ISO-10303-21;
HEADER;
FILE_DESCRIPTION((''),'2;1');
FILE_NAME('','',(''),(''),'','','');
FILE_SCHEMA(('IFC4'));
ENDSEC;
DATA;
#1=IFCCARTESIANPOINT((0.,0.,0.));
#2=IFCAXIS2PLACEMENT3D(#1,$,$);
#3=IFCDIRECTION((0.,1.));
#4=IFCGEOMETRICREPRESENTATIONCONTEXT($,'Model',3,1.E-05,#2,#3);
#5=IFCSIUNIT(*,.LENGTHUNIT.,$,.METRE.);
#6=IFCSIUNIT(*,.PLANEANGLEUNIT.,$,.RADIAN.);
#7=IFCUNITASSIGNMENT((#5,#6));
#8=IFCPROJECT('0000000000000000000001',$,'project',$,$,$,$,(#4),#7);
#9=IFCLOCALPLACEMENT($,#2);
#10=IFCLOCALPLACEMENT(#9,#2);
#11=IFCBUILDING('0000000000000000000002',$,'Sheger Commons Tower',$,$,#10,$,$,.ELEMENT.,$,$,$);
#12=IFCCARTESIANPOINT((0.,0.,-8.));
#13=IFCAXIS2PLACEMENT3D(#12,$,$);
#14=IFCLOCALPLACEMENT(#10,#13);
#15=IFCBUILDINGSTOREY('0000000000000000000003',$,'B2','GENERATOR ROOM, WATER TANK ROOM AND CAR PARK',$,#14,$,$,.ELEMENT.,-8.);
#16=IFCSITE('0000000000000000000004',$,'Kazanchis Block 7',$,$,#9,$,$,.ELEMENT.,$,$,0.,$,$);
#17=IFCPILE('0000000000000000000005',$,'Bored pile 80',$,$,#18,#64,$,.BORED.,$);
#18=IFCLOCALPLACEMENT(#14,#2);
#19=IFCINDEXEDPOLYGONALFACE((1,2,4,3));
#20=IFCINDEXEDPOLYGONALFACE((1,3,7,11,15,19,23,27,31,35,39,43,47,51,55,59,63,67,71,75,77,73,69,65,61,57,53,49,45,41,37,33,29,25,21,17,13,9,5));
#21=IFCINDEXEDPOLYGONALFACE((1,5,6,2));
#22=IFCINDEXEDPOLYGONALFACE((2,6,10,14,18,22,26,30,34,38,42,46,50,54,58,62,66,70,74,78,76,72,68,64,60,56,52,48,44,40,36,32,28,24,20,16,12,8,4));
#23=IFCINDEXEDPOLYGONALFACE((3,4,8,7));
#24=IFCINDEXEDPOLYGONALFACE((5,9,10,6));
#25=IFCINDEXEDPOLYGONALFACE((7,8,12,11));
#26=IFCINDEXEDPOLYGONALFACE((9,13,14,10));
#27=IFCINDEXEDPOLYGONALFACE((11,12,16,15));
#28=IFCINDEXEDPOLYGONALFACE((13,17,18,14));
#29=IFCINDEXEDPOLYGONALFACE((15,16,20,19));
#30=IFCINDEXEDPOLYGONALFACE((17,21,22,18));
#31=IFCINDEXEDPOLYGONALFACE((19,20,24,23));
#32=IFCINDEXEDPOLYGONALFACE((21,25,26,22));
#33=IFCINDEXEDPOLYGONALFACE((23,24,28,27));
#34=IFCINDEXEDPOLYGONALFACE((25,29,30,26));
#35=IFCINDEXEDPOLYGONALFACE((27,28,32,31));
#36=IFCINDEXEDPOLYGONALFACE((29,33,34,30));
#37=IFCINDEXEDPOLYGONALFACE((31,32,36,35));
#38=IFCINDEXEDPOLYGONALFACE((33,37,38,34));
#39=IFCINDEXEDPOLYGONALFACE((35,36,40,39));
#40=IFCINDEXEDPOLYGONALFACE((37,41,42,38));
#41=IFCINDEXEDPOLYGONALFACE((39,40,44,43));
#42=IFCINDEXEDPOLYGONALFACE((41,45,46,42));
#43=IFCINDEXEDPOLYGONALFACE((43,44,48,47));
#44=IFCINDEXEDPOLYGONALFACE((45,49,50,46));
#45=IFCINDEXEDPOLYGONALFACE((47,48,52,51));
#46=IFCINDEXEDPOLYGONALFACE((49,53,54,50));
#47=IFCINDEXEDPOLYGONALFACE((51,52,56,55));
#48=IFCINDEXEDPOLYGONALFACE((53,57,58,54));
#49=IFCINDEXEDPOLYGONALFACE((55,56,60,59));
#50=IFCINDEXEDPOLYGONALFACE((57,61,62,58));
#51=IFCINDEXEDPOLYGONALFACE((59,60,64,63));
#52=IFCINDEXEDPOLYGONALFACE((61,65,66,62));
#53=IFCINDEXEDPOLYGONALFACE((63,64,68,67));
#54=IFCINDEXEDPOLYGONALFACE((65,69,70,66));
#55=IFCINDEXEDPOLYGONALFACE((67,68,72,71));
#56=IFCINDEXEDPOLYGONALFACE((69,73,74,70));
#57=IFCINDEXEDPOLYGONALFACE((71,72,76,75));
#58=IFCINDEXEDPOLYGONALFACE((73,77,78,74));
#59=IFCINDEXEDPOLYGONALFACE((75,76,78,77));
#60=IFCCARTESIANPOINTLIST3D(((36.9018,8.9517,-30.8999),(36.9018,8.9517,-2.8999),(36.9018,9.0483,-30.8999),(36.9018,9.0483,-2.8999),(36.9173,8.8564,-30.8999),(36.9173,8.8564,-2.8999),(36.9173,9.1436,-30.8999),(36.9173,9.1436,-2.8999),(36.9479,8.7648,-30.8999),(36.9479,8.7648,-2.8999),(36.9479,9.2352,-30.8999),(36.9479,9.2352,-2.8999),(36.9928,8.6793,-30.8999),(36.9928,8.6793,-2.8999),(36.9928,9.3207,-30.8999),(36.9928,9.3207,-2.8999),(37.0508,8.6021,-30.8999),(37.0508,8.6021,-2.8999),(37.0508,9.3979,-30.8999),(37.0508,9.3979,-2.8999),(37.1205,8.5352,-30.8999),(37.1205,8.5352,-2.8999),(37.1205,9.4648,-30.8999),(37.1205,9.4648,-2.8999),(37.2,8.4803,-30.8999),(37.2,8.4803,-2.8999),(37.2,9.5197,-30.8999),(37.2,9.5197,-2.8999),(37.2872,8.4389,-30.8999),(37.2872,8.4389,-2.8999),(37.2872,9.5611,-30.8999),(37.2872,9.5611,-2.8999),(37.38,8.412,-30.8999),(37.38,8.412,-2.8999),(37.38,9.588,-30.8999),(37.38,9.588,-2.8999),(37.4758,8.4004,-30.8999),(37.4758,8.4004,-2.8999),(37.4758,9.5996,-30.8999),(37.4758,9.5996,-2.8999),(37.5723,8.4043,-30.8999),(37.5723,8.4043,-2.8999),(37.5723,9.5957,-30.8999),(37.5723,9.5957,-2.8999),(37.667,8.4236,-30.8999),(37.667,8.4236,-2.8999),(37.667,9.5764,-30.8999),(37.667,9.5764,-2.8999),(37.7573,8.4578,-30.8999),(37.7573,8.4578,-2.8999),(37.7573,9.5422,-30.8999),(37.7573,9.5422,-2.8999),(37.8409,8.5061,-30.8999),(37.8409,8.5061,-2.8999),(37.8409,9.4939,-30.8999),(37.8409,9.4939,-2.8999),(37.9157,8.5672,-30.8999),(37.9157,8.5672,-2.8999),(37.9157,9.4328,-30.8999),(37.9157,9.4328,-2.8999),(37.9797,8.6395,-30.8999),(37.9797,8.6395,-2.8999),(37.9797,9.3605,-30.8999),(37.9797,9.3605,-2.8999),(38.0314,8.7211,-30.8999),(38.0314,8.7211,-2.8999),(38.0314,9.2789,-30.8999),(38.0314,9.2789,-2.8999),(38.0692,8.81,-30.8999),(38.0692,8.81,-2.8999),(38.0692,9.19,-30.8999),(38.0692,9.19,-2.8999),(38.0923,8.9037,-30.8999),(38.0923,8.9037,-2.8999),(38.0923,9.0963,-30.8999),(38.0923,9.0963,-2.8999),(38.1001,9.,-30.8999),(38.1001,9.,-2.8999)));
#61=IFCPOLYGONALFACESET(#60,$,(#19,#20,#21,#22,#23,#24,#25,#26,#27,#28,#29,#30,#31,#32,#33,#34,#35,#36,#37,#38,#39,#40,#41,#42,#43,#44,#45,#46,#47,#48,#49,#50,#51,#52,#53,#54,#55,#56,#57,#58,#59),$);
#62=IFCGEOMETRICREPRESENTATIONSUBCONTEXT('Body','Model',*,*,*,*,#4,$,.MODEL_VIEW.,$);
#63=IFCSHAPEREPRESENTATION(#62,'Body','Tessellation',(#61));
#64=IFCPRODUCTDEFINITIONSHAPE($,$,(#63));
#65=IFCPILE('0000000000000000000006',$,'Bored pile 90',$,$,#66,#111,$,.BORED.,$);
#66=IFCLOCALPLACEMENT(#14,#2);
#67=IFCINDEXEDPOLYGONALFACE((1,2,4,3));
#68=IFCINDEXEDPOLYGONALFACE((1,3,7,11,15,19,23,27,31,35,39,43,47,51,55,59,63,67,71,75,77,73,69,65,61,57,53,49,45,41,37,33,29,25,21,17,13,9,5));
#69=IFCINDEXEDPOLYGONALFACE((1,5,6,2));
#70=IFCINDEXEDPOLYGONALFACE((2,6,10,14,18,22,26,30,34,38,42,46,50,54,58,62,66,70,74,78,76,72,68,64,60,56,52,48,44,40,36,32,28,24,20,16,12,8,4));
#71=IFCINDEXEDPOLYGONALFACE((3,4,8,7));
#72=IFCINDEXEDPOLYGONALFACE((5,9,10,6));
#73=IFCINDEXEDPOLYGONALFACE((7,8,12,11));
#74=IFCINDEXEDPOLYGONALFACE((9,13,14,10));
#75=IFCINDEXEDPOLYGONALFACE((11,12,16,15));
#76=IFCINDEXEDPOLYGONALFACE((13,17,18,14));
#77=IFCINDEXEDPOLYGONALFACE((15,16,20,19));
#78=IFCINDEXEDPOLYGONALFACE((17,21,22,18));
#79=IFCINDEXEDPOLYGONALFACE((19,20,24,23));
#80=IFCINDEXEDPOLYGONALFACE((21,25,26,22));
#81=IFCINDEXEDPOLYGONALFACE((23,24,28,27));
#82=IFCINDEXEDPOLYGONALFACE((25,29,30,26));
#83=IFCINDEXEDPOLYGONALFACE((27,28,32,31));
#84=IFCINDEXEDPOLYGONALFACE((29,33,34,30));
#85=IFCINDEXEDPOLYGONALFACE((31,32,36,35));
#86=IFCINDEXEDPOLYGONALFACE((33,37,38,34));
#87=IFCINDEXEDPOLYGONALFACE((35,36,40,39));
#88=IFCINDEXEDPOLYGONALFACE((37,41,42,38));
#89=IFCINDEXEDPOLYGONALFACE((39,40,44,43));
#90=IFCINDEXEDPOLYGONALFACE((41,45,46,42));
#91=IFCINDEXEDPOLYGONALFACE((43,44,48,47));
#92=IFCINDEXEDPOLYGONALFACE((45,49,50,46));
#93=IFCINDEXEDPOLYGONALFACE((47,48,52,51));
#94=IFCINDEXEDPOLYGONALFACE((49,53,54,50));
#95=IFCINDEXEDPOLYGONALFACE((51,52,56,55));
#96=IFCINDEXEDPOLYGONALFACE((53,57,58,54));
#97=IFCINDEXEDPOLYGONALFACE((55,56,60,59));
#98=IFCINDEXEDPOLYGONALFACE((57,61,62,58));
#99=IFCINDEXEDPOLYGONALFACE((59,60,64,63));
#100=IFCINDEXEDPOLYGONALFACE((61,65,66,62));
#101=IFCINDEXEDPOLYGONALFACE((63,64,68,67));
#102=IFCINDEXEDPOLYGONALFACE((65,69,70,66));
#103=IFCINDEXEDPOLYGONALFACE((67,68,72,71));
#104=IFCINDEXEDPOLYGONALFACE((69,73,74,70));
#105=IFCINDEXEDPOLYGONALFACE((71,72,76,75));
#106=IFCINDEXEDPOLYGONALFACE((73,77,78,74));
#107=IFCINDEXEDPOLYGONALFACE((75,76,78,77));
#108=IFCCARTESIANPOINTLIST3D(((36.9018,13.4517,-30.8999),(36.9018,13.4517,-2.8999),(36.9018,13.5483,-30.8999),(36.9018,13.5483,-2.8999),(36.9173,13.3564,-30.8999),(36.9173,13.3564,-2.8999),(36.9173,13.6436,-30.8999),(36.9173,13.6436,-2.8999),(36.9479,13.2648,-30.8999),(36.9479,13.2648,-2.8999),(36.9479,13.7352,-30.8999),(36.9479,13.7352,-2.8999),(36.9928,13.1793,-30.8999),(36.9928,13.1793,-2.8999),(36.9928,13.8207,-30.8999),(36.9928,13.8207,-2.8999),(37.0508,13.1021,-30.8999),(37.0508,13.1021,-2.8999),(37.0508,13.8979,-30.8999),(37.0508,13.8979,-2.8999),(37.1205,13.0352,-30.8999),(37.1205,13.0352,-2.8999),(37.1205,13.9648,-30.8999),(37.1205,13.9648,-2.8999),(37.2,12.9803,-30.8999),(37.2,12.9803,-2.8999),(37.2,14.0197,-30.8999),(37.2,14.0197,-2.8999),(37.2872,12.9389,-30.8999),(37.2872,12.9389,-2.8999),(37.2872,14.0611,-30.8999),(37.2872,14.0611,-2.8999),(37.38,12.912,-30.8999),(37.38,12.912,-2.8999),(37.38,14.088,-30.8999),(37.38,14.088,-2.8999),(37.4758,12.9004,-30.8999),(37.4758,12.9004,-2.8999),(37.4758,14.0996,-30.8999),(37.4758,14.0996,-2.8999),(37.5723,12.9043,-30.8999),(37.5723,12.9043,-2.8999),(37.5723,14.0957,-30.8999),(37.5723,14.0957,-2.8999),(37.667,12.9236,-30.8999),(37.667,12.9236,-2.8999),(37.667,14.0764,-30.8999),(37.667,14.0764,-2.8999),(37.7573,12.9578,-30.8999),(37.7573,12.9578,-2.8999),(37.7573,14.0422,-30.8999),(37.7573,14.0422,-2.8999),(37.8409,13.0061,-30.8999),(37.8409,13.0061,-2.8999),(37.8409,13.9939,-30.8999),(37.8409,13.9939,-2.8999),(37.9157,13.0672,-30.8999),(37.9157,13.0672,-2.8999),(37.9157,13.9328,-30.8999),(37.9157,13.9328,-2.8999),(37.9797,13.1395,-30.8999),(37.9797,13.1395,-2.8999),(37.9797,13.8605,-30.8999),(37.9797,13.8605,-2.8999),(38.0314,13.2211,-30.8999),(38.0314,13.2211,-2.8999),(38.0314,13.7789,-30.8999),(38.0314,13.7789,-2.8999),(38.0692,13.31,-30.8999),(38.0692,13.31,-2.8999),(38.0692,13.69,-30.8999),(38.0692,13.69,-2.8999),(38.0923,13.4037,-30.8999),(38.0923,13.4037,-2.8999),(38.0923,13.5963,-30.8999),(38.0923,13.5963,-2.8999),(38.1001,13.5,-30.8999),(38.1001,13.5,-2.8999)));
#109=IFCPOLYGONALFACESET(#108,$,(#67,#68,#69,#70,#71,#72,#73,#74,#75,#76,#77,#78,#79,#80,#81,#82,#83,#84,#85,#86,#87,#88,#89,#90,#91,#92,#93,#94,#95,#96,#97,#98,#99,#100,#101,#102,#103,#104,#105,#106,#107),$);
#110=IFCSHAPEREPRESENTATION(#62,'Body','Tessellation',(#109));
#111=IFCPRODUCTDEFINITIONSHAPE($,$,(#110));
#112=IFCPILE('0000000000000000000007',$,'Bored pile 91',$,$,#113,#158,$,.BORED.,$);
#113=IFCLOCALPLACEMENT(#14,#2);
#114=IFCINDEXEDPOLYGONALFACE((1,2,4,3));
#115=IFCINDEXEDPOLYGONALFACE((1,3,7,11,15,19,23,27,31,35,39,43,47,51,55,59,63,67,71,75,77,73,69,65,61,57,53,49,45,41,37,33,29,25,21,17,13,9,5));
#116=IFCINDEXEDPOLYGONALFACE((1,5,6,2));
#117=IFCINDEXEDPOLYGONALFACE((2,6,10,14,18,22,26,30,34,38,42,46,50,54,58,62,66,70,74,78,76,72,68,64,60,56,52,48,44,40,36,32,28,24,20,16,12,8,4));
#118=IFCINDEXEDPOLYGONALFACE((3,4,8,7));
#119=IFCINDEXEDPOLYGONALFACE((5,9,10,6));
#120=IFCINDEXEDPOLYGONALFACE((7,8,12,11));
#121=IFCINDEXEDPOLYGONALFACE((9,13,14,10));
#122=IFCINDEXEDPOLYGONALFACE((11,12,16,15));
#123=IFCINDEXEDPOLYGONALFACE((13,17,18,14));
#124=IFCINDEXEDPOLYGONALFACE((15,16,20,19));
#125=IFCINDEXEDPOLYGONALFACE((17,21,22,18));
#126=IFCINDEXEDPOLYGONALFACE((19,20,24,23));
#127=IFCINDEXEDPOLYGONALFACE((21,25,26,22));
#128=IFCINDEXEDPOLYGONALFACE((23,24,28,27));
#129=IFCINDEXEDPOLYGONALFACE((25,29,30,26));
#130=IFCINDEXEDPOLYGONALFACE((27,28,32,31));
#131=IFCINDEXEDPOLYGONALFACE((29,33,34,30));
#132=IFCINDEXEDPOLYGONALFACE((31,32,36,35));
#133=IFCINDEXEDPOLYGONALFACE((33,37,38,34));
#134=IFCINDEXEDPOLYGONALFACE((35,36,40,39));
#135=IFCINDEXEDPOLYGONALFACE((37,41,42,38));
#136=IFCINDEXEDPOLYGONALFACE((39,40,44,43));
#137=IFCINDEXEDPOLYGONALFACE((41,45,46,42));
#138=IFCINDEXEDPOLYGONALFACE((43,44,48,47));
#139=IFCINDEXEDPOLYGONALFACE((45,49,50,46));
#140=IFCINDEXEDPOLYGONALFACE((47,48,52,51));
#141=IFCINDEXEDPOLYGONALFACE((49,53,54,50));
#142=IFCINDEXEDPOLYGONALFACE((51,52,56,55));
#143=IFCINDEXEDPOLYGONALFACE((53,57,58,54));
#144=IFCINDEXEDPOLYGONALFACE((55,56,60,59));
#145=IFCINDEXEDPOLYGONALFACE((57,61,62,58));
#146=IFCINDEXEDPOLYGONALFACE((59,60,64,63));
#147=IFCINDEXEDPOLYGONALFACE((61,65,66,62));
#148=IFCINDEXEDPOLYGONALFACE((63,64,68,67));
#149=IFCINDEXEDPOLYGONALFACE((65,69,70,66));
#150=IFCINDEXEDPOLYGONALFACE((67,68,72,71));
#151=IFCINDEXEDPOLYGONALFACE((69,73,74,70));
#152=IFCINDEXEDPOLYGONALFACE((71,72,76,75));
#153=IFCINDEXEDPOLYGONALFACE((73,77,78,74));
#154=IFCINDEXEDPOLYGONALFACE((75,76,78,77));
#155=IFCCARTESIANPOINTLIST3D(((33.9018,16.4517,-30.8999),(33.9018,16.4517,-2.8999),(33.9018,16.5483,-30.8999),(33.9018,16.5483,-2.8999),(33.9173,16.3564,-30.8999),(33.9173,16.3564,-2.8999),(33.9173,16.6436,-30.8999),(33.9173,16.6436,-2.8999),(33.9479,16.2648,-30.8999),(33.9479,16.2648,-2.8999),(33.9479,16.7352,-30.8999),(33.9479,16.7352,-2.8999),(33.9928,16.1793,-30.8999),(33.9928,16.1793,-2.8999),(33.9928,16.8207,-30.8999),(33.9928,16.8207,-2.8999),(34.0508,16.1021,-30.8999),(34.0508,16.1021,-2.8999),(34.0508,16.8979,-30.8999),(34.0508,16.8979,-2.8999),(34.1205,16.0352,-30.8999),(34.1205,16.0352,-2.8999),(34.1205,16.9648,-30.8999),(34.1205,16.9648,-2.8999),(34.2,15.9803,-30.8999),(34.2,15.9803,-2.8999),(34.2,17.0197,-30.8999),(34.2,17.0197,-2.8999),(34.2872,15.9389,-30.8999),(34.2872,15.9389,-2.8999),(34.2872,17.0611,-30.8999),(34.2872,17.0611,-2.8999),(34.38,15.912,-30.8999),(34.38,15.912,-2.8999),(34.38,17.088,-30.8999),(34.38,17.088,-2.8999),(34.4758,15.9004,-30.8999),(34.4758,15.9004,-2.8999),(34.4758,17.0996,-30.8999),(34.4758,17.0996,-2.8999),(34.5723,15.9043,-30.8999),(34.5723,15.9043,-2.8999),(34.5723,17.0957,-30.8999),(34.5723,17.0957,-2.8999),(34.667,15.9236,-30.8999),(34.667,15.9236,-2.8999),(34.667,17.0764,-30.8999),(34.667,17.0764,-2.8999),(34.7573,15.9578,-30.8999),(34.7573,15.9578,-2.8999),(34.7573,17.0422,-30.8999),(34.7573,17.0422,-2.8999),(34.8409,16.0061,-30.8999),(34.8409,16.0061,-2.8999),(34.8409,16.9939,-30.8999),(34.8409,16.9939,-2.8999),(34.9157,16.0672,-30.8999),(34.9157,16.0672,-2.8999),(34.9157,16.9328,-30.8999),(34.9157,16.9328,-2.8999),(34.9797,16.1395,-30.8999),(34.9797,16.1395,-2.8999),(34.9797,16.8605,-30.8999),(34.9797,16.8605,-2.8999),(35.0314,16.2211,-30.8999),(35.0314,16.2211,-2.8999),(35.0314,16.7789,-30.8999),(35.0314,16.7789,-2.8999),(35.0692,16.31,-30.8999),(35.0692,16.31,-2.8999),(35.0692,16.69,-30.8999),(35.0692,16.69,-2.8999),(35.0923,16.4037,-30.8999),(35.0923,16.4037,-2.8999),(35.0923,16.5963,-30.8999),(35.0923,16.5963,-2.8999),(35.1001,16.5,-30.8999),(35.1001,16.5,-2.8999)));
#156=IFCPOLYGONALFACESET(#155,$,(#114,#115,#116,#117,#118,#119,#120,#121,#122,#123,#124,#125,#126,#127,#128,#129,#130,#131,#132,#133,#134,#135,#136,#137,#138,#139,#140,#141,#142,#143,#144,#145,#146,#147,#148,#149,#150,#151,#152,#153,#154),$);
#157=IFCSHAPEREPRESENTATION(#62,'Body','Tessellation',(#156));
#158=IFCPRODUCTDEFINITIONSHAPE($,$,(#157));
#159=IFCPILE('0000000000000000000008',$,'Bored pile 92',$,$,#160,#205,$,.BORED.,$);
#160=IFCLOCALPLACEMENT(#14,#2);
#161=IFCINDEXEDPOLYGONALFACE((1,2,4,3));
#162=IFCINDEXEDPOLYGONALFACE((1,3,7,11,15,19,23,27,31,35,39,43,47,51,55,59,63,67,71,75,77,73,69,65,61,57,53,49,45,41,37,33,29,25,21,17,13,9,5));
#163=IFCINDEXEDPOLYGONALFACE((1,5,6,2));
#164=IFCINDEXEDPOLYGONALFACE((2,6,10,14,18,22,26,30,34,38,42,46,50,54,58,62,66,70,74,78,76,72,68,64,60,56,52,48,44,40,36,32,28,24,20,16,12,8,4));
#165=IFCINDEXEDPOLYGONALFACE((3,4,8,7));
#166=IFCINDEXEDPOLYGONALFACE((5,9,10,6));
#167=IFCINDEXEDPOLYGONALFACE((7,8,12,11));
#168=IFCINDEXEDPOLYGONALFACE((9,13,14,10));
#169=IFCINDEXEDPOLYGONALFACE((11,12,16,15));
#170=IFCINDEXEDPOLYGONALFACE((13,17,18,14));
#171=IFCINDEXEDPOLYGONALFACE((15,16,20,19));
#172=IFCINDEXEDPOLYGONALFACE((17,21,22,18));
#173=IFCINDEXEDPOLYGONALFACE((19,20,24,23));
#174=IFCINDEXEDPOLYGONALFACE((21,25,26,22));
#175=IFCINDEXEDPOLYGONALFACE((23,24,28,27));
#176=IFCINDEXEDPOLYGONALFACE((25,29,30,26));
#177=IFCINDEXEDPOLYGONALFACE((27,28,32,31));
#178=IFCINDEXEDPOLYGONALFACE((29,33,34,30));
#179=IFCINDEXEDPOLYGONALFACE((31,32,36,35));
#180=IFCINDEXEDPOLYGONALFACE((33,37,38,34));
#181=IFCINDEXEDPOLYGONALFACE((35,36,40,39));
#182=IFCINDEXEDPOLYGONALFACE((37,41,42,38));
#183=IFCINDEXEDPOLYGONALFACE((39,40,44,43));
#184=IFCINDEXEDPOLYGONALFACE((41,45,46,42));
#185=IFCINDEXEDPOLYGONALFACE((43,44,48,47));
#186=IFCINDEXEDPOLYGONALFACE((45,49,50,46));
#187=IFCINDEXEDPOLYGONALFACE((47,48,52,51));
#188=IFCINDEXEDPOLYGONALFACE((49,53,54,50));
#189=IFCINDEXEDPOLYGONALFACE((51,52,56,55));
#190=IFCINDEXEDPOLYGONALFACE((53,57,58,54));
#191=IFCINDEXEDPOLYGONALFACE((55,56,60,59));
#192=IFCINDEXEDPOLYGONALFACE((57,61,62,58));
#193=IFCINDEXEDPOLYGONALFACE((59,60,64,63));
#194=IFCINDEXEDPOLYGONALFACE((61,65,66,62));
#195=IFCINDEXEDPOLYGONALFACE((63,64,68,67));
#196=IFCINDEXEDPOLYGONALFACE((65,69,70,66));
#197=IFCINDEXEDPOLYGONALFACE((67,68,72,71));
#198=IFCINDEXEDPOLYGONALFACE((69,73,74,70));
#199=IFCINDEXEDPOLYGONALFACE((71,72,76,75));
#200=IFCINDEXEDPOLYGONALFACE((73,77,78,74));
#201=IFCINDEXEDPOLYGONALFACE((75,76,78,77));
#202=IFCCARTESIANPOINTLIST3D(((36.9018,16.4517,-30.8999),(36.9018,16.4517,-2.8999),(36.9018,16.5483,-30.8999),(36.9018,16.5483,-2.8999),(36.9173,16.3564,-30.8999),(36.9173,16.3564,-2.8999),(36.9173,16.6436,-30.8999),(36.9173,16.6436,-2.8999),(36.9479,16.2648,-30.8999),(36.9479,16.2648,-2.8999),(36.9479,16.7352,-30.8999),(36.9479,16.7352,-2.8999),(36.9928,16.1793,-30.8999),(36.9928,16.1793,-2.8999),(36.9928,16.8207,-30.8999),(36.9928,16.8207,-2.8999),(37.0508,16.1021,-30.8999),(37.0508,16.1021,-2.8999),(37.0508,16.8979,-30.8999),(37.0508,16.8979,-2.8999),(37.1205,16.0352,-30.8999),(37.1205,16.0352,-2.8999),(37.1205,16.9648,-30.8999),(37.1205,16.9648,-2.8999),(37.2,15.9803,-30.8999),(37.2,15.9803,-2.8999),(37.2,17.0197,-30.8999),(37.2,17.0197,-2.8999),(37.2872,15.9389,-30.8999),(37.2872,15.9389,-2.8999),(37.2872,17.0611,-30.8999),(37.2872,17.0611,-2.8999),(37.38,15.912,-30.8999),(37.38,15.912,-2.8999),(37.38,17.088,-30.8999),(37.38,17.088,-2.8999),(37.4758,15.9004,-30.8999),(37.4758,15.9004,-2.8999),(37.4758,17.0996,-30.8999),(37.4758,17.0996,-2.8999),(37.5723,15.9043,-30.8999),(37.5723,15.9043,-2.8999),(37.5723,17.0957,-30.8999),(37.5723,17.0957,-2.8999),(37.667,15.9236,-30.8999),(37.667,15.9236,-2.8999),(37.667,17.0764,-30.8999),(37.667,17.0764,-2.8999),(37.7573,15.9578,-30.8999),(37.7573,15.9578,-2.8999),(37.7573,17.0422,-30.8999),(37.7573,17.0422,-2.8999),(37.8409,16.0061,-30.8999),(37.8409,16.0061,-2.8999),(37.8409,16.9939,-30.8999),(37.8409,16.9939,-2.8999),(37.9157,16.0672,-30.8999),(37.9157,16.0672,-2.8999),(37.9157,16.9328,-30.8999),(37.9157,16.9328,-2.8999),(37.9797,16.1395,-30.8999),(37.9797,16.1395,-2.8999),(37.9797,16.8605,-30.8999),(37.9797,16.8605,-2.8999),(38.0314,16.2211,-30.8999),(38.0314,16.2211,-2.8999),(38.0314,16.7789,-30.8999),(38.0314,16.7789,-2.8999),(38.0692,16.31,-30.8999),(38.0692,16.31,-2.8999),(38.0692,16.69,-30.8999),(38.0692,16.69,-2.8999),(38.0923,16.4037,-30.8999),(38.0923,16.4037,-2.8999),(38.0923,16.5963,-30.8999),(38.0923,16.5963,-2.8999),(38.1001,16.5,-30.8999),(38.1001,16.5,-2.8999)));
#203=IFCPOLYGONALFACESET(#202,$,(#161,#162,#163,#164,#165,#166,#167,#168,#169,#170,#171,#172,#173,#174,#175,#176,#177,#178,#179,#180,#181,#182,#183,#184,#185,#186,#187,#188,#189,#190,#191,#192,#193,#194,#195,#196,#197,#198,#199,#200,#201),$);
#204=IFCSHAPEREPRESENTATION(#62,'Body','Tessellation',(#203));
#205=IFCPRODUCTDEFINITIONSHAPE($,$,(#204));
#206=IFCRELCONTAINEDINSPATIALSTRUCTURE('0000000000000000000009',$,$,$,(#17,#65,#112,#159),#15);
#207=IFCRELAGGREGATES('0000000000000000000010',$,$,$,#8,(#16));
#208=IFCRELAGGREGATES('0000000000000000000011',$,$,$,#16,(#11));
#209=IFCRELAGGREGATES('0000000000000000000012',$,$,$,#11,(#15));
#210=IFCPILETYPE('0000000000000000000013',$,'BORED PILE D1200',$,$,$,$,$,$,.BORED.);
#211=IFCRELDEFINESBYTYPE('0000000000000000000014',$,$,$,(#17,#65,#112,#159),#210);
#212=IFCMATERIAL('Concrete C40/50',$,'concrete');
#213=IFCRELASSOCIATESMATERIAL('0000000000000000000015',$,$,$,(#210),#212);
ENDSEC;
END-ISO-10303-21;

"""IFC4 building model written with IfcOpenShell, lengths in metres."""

from ifc_helpers import new_model, si_unit, direction, frame, origin, origin_2d, place, context, subcontext, project, spatial, circle, extrude, material, material_profile, profile_set, type_object, element, save


model = new_model("IFC4")

# Units and contexts
model_context = context("Model", 3, precision=1e-05, world=origin(), true_north=direction((0.0, 1.0)))
body_context = subcontext(model_context, "Body", "Model", "MODEL_VIEW")
ifc_project = project(units=[si_unit("LENGTHUNIT", "METRE"), si_unit("PLANEANGLEUNIT", "RADIAN")], contexts=[model_context])

# Site, building, storey
site_placement = place(None, origin())
site = spatial("IfcSite", under=ifc_project, at=site_placement, Name="Kazanchis Block 7", CompositionType="ELEMENT", RefElevation=0.0)
building_placement = place(site_placement, origin())
building = spatial("IfcBuilding", under=site, at=building_placement, Name="Sheger Commons Tower", CompositionType="ELEMENT")
storey_placement = place(building_placement, frame((0.0, 0.0, -8.0)))
storey = spatial("IfcBuildingStorey", under=building, at=storey_placement, Name="B2", Description="GENERATOR ROOM, WATER TANK ROOM AND CAR PARK", CompositionType="ELEMENT", Elevation=-8.0)

# Piles
ifc_material_1 = material(Name="Concrete C40/50", Category="concrete")
ifc_material_profile_1 = material_profile(ifc_material_1, circle(Radius=0.6001, at=origin_2d()), Name="PILE D1200")
ifc_profile_set_1 = profile_set([ifc_material_profile_1], Name="Concrete C40/50")
pile_type = type_object("IfcPileType", Name="BORED PILE D1200", PredefinedType="BORED", material=ifc_profile_set_1)
for number, where, z_axis, x_axis, name in (
    (1, (37.5, 9.0, -2.8999), (0.0, 0.0, -1.0), (1.0, 0.0, 0.0), "Bored pile 80"),
    (2, (37.5, 13.5, -2.8999), (0.0, 0.0, -1.0), (1.0, 0.0, 0.0), "Bored pile 90"),
    (3, (34.5, 16.5, -2.8999), (0.0, 0.0, -1.0), (1.0, 0.0, 0.0), "Bored pile 91"),
    (4, (37.5, 16.5, -2.8999), (0.0, 0.0, -1.0), (1.0, 0.0, 0.0), "Bored pile 92"),
):
    element("IfcPile", number, at=place(storey_placement, frame(where, z_axis=z_axis, x_axis=x_axis)), inside=storey, type_object=pile_type, Name=name, PredefinedType="BORED", context=body_context, shape_type="SweptSolid", body=[
        extrude(circle(Radius=0.6001, at=origin_2d()), origin(), (0.0, 0.0, 1.0), 28.0),
    ])

save(model, "model.ifc")
